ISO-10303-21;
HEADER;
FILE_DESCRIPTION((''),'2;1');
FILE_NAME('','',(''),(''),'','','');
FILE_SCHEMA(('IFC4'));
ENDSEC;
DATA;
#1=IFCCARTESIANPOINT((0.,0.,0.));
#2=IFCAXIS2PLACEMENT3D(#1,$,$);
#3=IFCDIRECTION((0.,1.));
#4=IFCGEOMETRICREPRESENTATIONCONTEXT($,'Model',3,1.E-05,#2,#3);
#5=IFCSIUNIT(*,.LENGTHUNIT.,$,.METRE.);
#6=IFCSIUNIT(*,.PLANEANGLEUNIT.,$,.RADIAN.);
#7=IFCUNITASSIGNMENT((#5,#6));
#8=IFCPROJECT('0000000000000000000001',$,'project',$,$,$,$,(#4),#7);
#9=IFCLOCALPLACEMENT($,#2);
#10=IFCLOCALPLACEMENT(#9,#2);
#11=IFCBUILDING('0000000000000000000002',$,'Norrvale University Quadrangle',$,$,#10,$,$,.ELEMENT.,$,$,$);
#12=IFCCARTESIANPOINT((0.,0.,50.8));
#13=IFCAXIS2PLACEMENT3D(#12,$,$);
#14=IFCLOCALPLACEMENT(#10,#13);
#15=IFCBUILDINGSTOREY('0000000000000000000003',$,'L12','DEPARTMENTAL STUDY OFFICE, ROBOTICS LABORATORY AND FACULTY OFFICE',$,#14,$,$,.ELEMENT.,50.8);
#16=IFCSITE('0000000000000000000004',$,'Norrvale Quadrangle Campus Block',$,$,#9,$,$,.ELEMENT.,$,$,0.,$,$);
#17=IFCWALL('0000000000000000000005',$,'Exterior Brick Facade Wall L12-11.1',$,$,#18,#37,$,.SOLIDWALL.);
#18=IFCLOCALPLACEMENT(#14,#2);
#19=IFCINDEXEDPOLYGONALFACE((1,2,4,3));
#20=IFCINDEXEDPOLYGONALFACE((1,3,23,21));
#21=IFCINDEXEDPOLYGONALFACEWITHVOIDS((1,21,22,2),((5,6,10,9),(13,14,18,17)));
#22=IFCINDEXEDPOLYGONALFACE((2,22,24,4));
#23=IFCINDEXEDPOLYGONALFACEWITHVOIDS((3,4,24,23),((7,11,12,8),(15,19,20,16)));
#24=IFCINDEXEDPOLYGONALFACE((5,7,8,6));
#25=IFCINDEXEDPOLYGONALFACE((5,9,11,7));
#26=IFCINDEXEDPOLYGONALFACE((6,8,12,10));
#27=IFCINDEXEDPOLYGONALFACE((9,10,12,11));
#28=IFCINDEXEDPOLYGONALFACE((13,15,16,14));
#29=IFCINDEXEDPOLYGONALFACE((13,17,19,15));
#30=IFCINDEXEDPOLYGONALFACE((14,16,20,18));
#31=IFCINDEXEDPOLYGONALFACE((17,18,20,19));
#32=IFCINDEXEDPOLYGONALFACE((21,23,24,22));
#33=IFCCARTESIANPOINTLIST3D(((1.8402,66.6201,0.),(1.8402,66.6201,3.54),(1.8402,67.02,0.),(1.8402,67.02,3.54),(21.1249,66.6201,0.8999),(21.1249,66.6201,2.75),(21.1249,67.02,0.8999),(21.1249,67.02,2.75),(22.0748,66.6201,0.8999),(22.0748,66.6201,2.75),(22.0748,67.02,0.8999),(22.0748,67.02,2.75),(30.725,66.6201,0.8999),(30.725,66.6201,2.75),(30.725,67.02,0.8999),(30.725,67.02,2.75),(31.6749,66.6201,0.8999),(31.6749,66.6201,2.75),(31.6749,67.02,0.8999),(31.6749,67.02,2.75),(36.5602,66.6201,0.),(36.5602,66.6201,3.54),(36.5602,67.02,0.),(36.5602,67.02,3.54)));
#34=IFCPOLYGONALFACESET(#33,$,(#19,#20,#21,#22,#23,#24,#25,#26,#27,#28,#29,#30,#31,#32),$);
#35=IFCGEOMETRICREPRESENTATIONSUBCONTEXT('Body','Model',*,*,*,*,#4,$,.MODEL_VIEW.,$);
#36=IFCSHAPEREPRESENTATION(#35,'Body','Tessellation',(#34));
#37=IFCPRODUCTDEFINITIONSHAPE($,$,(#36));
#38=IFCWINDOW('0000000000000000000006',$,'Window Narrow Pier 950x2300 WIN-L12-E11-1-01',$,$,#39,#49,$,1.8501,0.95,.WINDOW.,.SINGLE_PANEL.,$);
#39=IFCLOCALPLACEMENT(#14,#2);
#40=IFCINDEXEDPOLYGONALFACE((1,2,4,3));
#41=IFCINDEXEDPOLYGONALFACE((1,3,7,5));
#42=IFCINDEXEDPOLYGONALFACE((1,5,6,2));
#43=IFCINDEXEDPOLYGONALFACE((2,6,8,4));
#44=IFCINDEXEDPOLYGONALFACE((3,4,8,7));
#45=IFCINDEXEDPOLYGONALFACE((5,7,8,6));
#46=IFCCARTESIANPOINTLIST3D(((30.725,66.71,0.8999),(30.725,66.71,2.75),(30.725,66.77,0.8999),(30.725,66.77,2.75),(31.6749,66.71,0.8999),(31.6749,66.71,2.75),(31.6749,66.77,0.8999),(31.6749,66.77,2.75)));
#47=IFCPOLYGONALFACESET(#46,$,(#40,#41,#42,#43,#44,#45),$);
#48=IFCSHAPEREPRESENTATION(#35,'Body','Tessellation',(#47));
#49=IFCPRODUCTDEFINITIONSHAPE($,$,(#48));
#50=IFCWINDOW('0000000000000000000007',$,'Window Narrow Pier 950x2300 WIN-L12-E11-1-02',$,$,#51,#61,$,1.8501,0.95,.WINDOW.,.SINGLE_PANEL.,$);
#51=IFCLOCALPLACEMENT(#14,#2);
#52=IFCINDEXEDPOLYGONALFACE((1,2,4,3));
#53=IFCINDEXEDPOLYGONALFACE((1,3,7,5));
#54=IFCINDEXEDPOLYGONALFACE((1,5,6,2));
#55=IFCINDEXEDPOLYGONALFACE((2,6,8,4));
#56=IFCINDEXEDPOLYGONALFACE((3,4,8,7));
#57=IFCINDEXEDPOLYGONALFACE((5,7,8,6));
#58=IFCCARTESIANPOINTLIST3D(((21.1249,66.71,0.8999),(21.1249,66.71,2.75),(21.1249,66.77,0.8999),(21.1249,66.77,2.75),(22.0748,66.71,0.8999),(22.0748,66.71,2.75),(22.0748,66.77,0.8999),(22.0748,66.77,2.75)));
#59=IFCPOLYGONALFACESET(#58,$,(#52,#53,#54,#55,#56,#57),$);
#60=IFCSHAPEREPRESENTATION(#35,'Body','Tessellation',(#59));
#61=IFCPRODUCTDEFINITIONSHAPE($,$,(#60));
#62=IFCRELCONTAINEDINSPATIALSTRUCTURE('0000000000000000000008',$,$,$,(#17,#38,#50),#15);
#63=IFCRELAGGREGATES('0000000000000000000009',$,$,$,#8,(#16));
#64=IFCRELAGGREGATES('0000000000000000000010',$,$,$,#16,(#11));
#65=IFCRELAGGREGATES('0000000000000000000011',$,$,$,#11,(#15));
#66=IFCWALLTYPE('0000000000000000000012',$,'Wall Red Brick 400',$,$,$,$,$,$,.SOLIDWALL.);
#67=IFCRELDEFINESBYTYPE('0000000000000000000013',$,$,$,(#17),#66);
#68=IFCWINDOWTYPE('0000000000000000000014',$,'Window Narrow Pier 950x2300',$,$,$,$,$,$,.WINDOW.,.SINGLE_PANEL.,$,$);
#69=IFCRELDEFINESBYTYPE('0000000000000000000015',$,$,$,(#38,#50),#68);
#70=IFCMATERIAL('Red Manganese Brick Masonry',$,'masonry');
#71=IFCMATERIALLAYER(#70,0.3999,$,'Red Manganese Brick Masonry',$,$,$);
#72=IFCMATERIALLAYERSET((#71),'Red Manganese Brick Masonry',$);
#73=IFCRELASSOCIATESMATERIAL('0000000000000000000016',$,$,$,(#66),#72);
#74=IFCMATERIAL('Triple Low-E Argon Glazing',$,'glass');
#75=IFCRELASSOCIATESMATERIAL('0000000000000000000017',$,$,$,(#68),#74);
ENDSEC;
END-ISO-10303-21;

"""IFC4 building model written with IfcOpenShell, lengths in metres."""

from ifc_helpers import new_model, si_unit, direction, frame, frame_2d, origin, place, context, subcontext, project, spatial, rectangle, extrude, material, layer, layer_set, type_object, element, fill, save


model = new_model("IFC4")

# Units and contexts
model_context = context("Model", 3, precision=1e-05, world=origin(), true_north=direction((0.0, 1.0)))
body_context = subcontext(model_context, "Body", "Model", "MODEL_VIEW")
ifc_project = project(units=[si_unit("LENGTHUNIT", "METRE"), si_unit("PLANEANGLEUNIT", "RADIAN")], contexts=[model_context])

# Site, building, storey
site_placement = place(None, origin())
site = spatial("IfcSite", under=ifc_project, at=site_placement, Name="Norrvale Quadrangle Campus Block", CompositionType="ELEMENT", RefElevation=0.0)
building_placement = place(site_placement, origin())
building = spatial("IfcBuilding", under=site, at=building_placement, Name="Norrvale University Quadrangle", CompositionType="ELEMENT")
storey_placement = place(building_placement, frame((0.0, 0.0, 50.8)))
storey = spatial("IfcBuildingStorey", under=building, at=storey_placement, Name="L12", Description="DEPARTMENTAL STUDY OFFICE, ROBOTICS LABORATORY AND FACULTY OFFICE", CompositionType="ELEMENT", Elevation=50.8)

# Shared definitions
ifc_material_1 = material(Name="Red Manganese Brick Masonry", Category="masonry")
ifc_layer_1 = layer(ifc_material_1, 0.3999, Name="Red Manganese Brick Masonry")
ifc_layer_set_1 = layer_set([ifc_layer_1], Name="Red Manganese Brick Masonry")
wall_type_1 = type_object("IfcWallType", Name="Wall Red Brick 400", PredefinedType="SOLIDWALL", material=ifc_layer_set_1)

# Wall, openings, windows
wall_1_placement = place(storey_placement, frame((36.5601, 66.8201, 0.0), z_axis=(0.0, 0.0, 1.0), x_axis=(-1.0, 0.0, 0.0)))
wall_1 = element("IfcWall", 1, at=wall_1_placement, inside=storey, type_object=wall_type_1, Name="Exterior Brick Facade Wall L12-11.1", PredefinedType="SOLIDWALL", context=body_context, shape_type="SweptSolid", body=[
    extrude(rectangle(XDim=34.72, YDim=0.3999, at=frame_2d((17.3599, 0.0))), origin(), (0.0, 0.0, 1.0), 3.54),
])
opening_1_placement = place(wall_1_placement, frame((4.885, 0.0, 0.8999)))
opening_1 = element("IfcOpeningElement", 2, at=opening_1_placement, cuts=wall_1, PredefinedType="OPENING", context=body_context, shape_type="SweptSolid", body=[
    extrude(rectangle(XDim=0.95, YDim=1.8501, at=frame_2d((0.4751, 0.925))), frame((0.0, 0.2119, 0.0), z_axis=(0.0, -1.0, 0.0), x_axis=(1.0, 0.0, 0.0)), (0.0, 0.0, 1.0), 0.4238),
])
opening_2_placement = place(wall_1_placement, frame((14.4851, 0.0, 0.8999)))
opening_2 = element("IfcOpeningElement", 3, at=opening_2_placement, cuts=wall_1, PredefinedType="OPENING", context=body_context, shape_type="SweptSolid", body=[
    extrude(rectangle(XDim=0.95, YDim=1.8501, at=frame_2d((0.4751, 0.925))), frame((0.0, 0.2119, 0.0), z_axis=(0.0, -1.0, 0.0), x_axis=(1.0, 0.0, 0.0)), (0.0, 0.0, 1.0), 0.4238),
])
ifc_material_2 = material(Name="Triple Low-E Argon Glazing", Category="glass")
window_type = type_object("IfcWindowType", Name="Window Narrow Pier 950x2300", PartitioningType="SINGLE_PANEL", PredefinedType="WINDOW", material=ifc_material_2)
window_1_placement = place(opening_1_placement, origin())
window_1 = element("IfcWindow", 4, at=window_1_placement, inside=storey, type_object=window_type, Name="Window Narrow Pier 950x2300 WIN-L12-E11-1-01", OverallHeight=1.8501, OverallWidth=0.95, PartitioningType="SINGLE_PANEL", PredefinedType="WINDOW", context=body_context, shape_type="SweptSolid", body=[
    extrude(rectangle(XDim=0.95, YDim=1.8501, at=frame_2d((0.4751, 0.925))), frame((0.0, 0.1101, 0.0), z_axis=(0.0, -1.0, 0.0), x_axis=(1.0, 0.0, 0.0)), (0.0, 0.0, 1.0), 0.0601),
])
fill(opening_1, window_1)
window_2_placement = place(opening_2_placement, origin())
window_2 = element("IfcWindow", 5, at=window_2_placement, inside=storey, type_object=window_type, Name="Window Narrow Pier 950x2300 WIN-L12-E11-1-02", OverallHeight=1.8501, OverallWidth=0.95, PartitioningType="SINGLE_PANEL", PredefinedType="WINDOW", context=body_context, shape_type="SweptSolid", body=[
    extrude(rectangle(XDim=0.95, YDim=1.8501, at=frame_2d((0.4751, 0.925))), frame((0.0, 0.1101, 0.0), z_axis=(0.0, -1.0, 0.0), x_axis=(1.0, 0.0, 0.0)), (0.0, 0.0, 1.0), 0.0601),
])
fill(opening_2, window_2)

save(model, "model.ifc")
